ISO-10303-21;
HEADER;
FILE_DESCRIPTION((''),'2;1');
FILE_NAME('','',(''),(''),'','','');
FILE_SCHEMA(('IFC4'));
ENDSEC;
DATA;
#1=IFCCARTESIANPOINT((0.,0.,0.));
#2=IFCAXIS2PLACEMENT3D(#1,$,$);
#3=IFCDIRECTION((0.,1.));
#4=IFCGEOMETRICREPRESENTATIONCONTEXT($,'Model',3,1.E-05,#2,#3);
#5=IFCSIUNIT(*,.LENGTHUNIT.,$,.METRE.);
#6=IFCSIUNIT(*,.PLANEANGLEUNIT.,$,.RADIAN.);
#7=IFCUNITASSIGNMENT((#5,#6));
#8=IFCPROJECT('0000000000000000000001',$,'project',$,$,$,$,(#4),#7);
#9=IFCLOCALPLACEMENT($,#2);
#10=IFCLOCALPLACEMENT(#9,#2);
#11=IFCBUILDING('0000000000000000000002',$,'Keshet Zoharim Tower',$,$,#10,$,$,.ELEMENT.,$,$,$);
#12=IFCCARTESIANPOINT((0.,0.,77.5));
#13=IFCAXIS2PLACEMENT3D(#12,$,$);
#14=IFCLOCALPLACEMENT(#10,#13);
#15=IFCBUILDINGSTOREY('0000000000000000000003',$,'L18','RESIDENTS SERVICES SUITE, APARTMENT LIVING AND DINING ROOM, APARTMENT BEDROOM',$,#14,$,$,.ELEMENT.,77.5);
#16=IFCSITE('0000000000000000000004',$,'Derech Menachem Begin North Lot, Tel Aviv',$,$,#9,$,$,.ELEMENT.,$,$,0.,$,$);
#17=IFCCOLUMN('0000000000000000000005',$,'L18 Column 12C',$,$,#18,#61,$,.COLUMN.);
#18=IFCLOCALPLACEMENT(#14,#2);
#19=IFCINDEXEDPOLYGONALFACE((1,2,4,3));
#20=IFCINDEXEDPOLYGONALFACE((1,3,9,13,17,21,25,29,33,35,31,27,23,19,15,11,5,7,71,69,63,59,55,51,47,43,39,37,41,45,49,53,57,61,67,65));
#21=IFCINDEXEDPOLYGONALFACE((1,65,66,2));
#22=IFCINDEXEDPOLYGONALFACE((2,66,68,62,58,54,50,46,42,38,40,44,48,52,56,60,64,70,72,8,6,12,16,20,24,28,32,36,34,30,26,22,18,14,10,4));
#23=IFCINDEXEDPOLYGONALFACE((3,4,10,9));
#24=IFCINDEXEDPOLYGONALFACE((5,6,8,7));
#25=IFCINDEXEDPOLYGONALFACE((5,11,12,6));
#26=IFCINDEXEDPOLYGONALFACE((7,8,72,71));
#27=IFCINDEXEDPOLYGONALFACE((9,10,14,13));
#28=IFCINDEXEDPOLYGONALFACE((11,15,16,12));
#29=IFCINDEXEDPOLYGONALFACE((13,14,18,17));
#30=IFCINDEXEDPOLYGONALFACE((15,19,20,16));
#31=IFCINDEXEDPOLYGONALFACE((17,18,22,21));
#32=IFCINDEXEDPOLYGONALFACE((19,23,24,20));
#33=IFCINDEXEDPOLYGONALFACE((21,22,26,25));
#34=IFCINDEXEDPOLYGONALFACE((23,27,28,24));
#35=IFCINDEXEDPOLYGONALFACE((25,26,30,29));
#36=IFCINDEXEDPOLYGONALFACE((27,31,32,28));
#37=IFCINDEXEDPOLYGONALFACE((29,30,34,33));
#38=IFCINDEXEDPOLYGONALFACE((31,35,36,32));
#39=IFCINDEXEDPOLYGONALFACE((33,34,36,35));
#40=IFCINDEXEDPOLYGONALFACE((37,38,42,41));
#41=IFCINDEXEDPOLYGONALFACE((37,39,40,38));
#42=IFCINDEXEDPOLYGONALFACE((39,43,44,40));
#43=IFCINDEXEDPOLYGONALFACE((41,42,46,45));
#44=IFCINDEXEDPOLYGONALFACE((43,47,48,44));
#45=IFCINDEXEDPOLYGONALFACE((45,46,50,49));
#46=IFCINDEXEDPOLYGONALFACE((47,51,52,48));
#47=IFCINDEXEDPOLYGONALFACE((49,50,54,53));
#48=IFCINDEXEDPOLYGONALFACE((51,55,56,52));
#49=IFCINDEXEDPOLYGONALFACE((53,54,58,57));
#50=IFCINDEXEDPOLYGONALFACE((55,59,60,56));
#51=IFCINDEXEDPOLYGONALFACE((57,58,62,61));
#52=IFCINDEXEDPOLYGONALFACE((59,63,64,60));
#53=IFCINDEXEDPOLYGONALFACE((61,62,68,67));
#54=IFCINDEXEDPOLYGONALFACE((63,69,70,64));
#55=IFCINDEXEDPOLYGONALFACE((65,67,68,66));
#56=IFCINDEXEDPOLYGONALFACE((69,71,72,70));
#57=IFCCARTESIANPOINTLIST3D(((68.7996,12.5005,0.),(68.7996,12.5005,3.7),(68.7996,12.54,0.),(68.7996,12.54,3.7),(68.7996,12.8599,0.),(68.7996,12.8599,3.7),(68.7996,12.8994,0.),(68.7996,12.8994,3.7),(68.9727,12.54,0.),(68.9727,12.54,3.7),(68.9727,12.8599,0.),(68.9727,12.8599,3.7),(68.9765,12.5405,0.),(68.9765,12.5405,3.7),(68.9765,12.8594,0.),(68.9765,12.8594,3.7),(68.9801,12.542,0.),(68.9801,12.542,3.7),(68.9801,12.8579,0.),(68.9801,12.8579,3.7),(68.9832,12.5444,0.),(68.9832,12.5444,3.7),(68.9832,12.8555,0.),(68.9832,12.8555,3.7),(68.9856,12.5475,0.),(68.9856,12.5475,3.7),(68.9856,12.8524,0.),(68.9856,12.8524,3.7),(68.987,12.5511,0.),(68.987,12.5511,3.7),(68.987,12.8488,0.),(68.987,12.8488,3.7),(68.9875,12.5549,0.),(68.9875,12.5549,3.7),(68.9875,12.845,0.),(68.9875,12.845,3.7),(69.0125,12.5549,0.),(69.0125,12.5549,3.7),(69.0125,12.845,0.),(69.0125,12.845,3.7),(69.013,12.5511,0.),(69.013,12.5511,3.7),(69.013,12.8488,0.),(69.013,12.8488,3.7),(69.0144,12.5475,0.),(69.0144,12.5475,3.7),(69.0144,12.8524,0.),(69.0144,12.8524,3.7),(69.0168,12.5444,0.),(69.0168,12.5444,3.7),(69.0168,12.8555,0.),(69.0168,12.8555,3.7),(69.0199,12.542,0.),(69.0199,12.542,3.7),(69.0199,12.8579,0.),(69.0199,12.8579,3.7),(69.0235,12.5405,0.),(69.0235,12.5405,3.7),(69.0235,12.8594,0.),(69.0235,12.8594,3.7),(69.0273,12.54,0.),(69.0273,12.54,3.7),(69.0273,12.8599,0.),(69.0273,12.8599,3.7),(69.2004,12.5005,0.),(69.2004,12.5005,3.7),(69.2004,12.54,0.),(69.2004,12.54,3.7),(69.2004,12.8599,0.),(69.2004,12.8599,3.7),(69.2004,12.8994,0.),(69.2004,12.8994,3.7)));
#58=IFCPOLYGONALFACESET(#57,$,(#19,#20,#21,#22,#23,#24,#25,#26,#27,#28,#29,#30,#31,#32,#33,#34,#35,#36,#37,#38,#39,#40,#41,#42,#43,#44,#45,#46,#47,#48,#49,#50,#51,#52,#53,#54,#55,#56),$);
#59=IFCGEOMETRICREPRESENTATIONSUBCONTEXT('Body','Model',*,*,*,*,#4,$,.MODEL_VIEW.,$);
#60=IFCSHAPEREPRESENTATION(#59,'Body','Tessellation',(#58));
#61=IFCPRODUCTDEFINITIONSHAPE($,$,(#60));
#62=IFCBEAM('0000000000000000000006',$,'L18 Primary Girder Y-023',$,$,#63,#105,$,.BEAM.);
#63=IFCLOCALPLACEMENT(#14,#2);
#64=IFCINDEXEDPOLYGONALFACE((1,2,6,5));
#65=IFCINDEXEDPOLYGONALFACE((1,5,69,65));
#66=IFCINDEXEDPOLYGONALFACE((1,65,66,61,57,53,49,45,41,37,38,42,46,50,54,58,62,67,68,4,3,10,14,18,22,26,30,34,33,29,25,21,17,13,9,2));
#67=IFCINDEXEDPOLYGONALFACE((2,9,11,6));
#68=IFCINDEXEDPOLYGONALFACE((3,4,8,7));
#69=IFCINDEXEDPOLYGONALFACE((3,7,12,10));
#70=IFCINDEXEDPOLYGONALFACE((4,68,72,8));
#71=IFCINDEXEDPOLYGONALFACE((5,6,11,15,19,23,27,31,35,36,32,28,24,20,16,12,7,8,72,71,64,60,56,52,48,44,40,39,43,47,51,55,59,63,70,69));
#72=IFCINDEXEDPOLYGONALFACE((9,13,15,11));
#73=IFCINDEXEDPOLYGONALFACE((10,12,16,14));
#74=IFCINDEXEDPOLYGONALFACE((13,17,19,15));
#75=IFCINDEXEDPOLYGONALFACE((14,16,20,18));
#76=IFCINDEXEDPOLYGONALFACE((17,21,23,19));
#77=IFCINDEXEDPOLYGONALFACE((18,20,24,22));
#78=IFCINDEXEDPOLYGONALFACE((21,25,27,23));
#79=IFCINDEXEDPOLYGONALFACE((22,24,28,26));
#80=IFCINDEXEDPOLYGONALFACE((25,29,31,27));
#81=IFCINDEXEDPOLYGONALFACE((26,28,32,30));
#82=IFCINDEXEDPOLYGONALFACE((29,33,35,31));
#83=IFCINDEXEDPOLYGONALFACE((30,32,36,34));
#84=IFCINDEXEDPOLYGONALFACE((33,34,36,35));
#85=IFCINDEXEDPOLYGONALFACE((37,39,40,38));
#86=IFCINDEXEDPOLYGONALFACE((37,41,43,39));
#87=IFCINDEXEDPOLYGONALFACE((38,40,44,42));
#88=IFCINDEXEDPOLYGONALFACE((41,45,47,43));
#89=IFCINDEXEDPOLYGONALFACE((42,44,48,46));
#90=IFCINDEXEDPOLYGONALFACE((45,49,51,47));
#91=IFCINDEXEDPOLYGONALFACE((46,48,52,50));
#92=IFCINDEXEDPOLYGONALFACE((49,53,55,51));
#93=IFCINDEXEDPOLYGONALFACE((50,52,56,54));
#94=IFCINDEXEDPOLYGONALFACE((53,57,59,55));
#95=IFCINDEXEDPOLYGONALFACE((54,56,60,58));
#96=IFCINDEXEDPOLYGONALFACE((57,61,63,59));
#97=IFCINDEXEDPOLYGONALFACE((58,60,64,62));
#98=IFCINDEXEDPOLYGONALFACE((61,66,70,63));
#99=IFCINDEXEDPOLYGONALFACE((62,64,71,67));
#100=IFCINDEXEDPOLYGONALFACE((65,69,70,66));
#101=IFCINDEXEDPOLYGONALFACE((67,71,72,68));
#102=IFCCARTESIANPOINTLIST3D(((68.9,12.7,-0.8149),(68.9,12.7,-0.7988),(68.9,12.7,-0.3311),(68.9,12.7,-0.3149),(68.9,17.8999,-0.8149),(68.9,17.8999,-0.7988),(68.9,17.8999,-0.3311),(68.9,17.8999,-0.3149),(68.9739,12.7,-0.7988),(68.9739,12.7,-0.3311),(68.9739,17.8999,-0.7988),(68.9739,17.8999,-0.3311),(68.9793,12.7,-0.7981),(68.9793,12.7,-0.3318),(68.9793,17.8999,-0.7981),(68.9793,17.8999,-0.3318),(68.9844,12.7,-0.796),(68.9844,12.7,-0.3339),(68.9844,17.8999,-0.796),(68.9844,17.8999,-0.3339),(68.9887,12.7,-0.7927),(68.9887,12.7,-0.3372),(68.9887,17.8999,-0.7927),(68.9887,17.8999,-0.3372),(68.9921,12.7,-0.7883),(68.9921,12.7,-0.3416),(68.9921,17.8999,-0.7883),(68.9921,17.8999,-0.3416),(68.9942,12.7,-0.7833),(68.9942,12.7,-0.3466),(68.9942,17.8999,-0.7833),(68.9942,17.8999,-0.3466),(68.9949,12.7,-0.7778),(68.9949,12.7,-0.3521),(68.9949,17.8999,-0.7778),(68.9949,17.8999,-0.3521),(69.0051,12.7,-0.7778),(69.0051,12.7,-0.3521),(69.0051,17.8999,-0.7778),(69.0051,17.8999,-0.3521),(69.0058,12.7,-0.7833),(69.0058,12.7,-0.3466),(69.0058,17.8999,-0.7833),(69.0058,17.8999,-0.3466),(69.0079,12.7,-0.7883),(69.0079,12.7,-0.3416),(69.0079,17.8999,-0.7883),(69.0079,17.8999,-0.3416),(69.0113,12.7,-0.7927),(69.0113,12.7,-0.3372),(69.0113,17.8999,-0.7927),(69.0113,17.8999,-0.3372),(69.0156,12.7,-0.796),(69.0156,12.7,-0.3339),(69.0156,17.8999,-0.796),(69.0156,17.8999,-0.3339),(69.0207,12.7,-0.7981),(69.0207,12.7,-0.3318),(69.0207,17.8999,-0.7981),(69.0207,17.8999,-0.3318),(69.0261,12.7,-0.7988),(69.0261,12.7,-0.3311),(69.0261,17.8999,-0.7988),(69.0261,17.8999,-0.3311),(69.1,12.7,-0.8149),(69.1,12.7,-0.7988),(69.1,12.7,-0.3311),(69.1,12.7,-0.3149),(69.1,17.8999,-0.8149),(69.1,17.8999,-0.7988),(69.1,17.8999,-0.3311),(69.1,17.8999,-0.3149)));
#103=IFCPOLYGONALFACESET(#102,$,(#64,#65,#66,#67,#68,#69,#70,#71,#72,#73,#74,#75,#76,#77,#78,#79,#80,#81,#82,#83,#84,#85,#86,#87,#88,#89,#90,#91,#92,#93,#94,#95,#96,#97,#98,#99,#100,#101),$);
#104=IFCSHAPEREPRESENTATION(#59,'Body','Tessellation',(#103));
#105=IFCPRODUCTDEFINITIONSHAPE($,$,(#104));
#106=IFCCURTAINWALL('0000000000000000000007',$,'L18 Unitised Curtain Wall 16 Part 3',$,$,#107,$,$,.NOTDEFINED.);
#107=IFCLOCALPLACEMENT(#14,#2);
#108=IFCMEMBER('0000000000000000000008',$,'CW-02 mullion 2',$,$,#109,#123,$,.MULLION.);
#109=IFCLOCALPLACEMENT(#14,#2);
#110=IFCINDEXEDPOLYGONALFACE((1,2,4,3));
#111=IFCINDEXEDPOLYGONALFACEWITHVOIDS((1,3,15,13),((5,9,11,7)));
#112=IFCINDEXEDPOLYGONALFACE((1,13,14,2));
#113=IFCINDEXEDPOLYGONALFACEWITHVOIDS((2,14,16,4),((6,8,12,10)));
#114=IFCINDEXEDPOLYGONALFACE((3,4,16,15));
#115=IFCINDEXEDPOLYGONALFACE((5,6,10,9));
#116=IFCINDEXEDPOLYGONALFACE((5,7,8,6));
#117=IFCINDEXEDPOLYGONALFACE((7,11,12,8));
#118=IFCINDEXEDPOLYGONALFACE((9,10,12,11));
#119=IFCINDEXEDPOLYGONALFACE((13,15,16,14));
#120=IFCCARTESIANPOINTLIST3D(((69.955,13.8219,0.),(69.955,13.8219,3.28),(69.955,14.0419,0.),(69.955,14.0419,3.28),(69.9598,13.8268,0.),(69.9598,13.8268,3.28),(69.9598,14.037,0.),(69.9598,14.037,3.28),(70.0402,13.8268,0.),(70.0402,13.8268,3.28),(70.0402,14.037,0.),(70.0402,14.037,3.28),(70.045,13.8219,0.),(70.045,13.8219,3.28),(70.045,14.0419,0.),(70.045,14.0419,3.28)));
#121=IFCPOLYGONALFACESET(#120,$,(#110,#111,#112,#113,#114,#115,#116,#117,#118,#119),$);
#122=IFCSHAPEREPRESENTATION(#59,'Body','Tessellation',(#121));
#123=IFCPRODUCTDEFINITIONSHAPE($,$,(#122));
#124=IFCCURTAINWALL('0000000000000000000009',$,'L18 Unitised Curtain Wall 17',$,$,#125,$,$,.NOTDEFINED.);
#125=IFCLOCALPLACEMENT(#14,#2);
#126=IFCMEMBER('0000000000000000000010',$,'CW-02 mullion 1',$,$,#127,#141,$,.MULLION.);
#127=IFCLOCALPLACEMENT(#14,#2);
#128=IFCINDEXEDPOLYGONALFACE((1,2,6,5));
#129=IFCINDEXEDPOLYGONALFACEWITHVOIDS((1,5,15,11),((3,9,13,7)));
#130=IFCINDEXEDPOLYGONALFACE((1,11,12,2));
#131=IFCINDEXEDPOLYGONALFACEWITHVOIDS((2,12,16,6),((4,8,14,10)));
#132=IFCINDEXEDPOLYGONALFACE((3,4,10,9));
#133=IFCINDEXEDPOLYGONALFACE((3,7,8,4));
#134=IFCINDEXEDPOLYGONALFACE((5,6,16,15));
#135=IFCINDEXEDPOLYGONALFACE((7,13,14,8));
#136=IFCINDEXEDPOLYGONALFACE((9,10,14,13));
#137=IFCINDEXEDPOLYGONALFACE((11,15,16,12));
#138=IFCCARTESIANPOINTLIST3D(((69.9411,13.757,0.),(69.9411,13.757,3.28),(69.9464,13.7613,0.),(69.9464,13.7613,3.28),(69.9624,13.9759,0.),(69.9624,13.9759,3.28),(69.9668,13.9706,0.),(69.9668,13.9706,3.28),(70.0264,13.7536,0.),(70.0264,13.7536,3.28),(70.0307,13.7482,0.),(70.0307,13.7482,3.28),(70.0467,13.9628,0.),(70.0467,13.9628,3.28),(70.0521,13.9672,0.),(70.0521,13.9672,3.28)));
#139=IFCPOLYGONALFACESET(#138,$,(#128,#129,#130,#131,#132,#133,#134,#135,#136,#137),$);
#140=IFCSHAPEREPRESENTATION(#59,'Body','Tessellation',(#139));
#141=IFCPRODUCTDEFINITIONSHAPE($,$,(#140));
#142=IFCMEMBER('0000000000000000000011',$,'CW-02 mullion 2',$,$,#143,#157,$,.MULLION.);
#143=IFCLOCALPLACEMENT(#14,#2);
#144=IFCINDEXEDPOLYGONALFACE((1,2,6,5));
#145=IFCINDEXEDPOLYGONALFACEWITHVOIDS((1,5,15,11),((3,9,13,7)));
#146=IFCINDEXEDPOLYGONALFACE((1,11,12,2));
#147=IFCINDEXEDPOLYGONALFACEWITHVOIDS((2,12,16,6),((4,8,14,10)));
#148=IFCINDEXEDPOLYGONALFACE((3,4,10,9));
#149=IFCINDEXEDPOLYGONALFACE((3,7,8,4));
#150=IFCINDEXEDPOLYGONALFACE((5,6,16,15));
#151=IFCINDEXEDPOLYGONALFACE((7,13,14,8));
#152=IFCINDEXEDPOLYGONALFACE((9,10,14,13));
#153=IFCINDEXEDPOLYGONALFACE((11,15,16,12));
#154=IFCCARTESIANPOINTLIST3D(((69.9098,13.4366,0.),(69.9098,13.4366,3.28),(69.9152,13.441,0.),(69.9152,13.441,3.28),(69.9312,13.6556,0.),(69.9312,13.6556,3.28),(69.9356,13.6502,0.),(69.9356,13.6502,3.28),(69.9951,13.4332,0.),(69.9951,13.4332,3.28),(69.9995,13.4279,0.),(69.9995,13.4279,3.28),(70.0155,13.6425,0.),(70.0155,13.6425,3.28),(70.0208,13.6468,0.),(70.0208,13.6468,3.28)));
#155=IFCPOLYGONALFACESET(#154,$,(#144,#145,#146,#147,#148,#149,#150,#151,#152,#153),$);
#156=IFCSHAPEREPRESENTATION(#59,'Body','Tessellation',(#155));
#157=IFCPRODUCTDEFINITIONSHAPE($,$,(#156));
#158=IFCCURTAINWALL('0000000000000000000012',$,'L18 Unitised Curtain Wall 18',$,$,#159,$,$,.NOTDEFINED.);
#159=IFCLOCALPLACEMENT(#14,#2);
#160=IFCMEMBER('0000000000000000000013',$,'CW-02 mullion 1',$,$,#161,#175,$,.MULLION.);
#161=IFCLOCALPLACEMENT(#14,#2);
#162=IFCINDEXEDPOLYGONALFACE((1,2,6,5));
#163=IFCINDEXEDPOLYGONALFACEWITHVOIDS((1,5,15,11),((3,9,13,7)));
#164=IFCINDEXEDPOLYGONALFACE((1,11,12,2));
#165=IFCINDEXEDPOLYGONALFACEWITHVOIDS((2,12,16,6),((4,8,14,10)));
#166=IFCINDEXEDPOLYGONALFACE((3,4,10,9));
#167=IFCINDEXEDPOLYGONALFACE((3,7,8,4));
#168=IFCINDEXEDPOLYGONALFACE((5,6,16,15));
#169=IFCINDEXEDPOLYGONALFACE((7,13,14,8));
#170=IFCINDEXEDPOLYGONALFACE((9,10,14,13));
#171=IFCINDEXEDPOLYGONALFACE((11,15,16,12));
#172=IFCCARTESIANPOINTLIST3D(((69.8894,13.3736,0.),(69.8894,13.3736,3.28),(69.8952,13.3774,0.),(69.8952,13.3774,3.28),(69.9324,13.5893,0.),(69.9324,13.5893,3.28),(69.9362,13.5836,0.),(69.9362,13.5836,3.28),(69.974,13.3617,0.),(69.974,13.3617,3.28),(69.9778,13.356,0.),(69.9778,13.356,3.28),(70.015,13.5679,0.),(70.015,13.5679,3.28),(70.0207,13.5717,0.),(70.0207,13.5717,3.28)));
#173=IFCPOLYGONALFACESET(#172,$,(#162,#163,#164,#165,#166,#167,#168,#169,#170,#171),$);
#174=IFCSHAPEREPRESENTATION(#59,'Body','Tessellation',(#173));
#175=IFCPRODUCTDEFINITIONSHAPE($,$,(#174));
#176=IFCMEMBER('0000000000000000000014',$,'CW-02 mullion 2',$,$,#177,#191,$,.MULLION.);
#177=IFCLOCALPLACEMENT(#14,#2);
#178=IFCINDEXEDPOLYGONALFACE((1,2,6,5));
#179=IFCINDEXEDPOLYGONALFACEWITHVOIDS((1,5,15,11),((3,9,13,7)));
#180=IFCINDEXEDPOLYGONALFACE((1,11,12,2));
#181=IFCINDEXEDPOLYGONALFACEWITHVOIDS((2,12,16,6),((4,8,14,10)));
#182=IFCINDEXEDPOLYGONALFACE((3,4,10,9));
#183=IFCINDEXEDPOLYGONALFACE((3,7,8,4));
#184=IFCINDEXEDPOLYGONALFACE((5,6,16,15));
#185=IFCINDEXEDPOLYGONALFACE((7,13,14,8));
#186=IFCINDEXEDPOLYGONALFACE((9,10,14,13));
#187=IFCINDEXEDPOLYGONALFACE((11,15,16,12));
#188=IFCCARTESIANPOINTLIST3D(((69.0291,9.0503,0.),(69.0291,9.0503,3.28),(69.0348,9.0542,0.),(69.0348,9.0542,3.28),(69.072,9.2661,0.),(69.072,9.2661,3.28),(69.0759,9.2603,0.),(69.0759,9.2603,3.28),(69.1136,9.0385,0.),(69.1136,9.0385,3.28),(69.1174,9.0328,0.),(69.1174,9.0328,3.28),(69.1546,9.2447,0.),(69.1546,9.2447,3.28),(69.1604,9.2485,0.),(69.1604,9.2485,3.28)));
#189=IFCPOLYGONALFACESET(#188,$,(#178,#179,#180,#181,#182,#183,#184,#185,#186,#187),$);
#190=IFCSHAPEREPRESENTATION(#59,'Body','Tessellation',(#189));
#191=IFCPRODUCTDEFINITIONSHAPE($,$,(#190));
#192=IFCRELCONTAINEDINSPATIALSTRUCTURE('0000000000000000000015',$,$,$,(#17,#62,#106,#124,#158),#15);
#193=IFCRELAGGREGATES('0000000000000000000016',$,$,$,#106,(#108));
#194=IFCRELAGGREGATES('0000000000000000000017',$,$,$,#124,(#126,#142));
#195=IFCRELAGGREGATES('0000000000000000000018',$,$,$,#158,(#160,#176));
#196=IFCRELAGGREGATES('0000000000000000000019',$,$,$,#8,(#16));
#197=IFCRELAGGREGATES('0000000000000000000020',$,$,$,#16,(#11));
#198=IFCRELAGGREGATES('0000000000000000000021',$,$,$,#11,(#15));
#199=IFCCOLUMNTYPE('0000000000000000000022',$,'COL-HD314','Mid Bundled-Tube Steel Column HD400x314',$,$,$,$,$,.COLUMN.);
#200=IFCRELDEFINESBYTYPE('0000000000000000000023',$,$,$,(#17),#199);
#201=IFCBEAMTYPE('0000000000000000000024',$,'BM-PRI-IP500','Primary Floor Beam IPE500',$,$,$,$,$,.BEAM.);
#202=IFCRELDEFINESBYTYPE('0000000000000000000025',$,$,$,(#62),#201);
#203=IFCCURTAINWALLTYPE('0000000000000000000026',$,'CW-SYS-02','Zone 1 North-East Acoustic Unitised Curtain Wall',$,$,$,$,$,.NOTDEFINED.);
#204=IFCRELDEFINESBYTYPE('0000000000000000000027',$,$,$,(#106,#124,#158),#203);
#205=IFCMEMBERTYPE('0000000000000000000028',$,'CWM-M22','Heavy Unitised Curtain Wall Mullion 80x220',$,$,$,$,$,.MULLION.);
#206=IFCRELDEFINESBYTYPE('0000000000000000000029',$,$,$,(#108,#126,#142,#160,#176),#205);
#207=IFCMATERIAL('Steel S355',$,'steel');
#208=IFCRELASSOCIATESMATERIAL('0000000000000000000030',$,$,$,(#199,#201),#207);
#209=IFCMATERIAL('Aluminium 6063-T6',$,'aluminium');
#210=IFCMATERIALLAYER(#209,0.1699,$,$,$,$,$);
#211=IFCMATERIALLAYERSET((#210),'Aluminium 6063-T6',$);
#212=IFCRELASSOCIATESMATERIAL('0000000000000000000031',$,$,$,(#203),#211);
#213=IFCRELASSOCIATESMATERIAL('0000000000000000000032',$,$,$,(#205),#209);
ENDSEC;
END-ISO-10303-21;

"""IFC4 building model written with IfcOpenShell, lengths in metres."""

from ifc_helpers import new_model, si_unit, direction, frame, origin, origin_2d, place, context, subcontext, project, spatial, hollow_rectangle, i_section, extrude, material, layer, layer_set, material_profile, profile_set, type_object, element, aggregate, save


model = new_model("IFC4")

# Units and contexts
model_context = context("Model", 3, precision=1e-05, world=origin(), true_north=direction((0.0, 1.0)))
body_context = subcontext(model_context, "Body", "Model", "MODEL_VIEW")
ifc_project = project(units=[si_unit("LENGTHUNIT", "METRE"), si_unit("PLANEANGLEUNIT", "RADIAN")], contexts=[model_context])

# Site, building, storey
site_placement = place(None, origin())
site = spatial("IfcSite", under=ifc_project, at=site_placement, Name="Derech Menachem Begin North Lot, Tel Aviv", CompositionType="ELEMENT", RefElevation=0.0)
building_placement = place(site_placement, origin())
building = spatial("IfcBuilding", under=site, at=building_placement, Name="Keshet Zoharim Tower", CompositionType="ELEMENT")
storey_placement = place(building_placement, frame((0.0, 0.0, 77.5)))
storey = spatial("IfcBuildingStorey", under=building, at=storey_placement, Name="L18", Description="RESIDENTS SERVICES SUITE, APARTMENT LIVING AND DINING ROOM, APARTMENT BEDROOM", CompositionType="ELEMENT", Elevation=77.5)

# Column
ifc_material_1 = material(Name="Steel S355", Category="steel")
ifc_material_profile_1 = material_profile(ifc_material_1, i_section(OverallWidth=0.4009, OverallDepth=0.3989, WebThickness=0.0249, FlangeThickness=0.0396, FilletRadius=0.0149, at=origin_2d()), Name="HD400x314")
ifc_profile_set_1 = profile_set([ifc_material_profile_1], Name="Steel S355")
column_type = type_object("IfcColumnType", Name="COL-HD314", Description="Mid Bundled-Tube Steel Column HD400x314", PredefinedType="COLUMN", material=ifc_profile_set_1)
column_placement = place(storey_placement, frame((69.0, 12.7, 0.0), z_axis=(0.0, 0.0, 1.0), x_axis=(1.0, 0.0, 0.0)))
element("IfcColumn", 1, at=column_placement, inside=storey, type_object=column_type, Name="L18 Column 12C", PredefinedType="COLUMN", context=body_context, shape_type="SweptSolid", body=[
    extrude(i_section(OverallWidth=0.4009, OverallDepth=0.3989, WebThickness=0.0249, FlangeThickness=0.0396, FilletRadius=0.0149, at=origin_2d()), origin(), (0.0, 0.0, 1.0), 3.7),
])

# Beam
ifc_material_profile_2 = material_profile(ifc_material_1, i_section(OverallWidth=0.2, OverallDepth=0.5, WebThickness=0.0103, FlangeThickness=0.0161, FilletRadius=0.021, at=origin_2d()), Name="IPE500")
ifc_profile_set_2 = profile_set([ifc_material_profile_2], Name="Steel S355")
beam_type = type_object("IfcBeamType", Name="BM-PRI-IP500", Description="Primary Floor Beam IPE500", PredefinedType="BEAM", material=ifc_profile_set_2)
beam_placement = place(storey_placement, frame((69.0, 12.7, -0.5649), z_axis=(0.0, 1.0, 0.0), x_axis=(-1.0, 0.0, 0.0)))
element("IfcBeam", 2, at=beam_placement, inside=storey, type_object=beam_type, Name="L18 Primary Girder Y-023", PredefinedType="BEAM", context=body_context, shape_type="SweptSolid", body=[
    extrude(i_section(OverallWidth=0.2, OverallDepth=0.5, WebThickness=0.0103, FlangeThickness=0.0161, FilletRadius=0.021, at=origin_2d()), origin(), (0.0, 0.0, 1.0), 5.2),
])

# Curtain wall, member
ifc_material_2 = material(Name="Aluminium 6063-T6", Category="aluminium")
ifc_layer_1 = layer(ifc_material_2, 0.1699)
ifc_layer_set_1 = layer_set([ifc_layer_1], Name="Aluminium 6063-T6")
curtain_wall_type_1 = type_object("IfcCurtainWallType", Name="CW-SYS-02", Description="Zone 1 North-East Acoustic Unitised Curtain Wall", PredefinedType="NOTDEFINED", material=ifc_layer_set_1)
curtain_wall_1_placement = place(storey_placement, origin())
curtain_wall_1 = element("IfcCurtainWall", 3, at=curtain_wall_1_placement, inside=storey, type_object=curtain_wall_type_1, Name="L18 Unitised Curtain Wall 16 Part 3", PredefinedType="NOTDEFINED")
ifc_material_profile_3 = material_profile(ifc_material_2, hollow_rectangle(XDim=0.0901, YDim=0.22, WallThickness=0.0049, at=origin_2d()), Name="MUL-90x220")
ifc_profile_set_3 = profile_set([ifc_material_profile_3], Name="Aluminium 6063-T6")
member_type_1 = type_object("IfcMemberType", Name="CWM-M22", Description="Heavy Unitised Curtain Wall Mullion 80x220", PredefinedType="MULLION", material=ifc_profile_set_3)
member_1_placement = place(storey_placement, frame((70.0, 13.9319, 0.0), z_axis=(0.0, 0.0, 1.0), x_axis=(1.0, 0.0, 0.0)))
member_1 = element("IfcMember", 4, at=member_1_placement, type_object=member_type_1, Name="CW-02 mullion 2", PredefinedType="MULLION", context=body_context, shape_type="SweptSolid", body=[
    extrude(hollow_rectangle(XDim=0.0901, YDim=0.22, WallThickness=0.0049, at=origin_2d()), origin(), (0.0, 0.0, 1.0), 3.28),
])
aggregate(curtain_wall_1, [member_1])

# Curtain walls, members
curtain_wall_2_placement = place(storey_placement, origin())
curtain_wall_2 = element("IfcCurtainWall", 5, at=curtain_wall_2_placement, inside=storey, type_object=curtain_wall_type_1, Name="L18 Unitised Curtain Wall 17", PredefinedType="NOTDEFINED")
member_2_placement = place(storey_placement, frame((69.9966, 13.8621, 0.0), z_axis=(0.0, 0.0, 1.0), x_axis=(0.995287, -0.096977, 0.0)))
member_2 = element("IfcMember", 6, at=member_2_placement, type_object=member_type_1, Name="CW-02 mullion 1", PredefinedType="MULLION", context=body_context, shape_type="SweptSolid", body=[
    extrude(hollow_rectangle(XDim=0.0901, YDim=0.22, WallThickness=0.0049, at=origin_2d()), origin(), (0.0, 0.0, 1.0), 3.28),
])
member_3_placement = place(storey_placement, frame((69.9653, 13.5417, 0.0), z_axis=(0.0, 0.0, 1.0), x_axis=(0.995287, -0.096977, 0.0)))
member_3 = element("IfcMember", 7, at=member_3_placement, type_object=member_type_1, Name="CW-02 mullion 2", PredefinedType="MULLION", context=body_context, shape_type="SweptSolid", body=[
    extrude(hollow_rectangle(XDim=0.0901, YDim=0.22, WallThickness=0.0049, at=origin_2d()), origin(), (0.0, 0.0, 1.0), 3.28),
])
curtain_wall_3_placement = place(storey_placement, origin())
curtain_wall_3 = element("IfcCurtainWall", 8, at=curtain_wall_3_placement, inside=storey, type_object=curtain_wall_type_1, Name="L18 Unitised Curtain Wall 18", PredefinedType="NOTDEFINED")
member_4_placement = place(storey_placement, frame((69.9551, 13.4727, 0.0), z_axis=(0.0, 0.0, 1.0), x_axis=(0.980769, -0.195171, 0.0)))
member_4 = element("IfcMember", 9, at=member_4_placement, type_object=member_type_1, Name="CW-02 mullion 1", PredefinedType="MULLION", context=body_context, shape_type="SweptSolid", body=[
    extrude(hollow_rectangle(XDim=0.0901, YDim=0.22, WallThickness=0.0049, at=origin_2d()), origin(), (0.0, 0.0, 1.0), 3.28),
])
member_5_placement = place(storey_placement, frame((69.0947, 9.1494, 0.0), z_axis=(0.0, 0.0, 1.0), x_axis=(0.980769, -0.195171, 0.0)))
member_5 = element("IfcMember", 10, at=member_5_placement, type_object=member_type_1, Name="CW-02 mullion 2", PredefinedType="MULLION", context=body_context, shape_type="SweptSolid", body=[
    extrude(hollow_rectangle(XDim=0.0901, YDim=0.22, WallThickness=0.0049, at=origin_2d()), origin(), (0.0, 0.0, 1.0), 3.28),
])

aggregate(curtain_wall_2, [member_2, member_3])
aggregate(curtain_wall_3, [member_4, member_5])

save(model, "model.ifc")
